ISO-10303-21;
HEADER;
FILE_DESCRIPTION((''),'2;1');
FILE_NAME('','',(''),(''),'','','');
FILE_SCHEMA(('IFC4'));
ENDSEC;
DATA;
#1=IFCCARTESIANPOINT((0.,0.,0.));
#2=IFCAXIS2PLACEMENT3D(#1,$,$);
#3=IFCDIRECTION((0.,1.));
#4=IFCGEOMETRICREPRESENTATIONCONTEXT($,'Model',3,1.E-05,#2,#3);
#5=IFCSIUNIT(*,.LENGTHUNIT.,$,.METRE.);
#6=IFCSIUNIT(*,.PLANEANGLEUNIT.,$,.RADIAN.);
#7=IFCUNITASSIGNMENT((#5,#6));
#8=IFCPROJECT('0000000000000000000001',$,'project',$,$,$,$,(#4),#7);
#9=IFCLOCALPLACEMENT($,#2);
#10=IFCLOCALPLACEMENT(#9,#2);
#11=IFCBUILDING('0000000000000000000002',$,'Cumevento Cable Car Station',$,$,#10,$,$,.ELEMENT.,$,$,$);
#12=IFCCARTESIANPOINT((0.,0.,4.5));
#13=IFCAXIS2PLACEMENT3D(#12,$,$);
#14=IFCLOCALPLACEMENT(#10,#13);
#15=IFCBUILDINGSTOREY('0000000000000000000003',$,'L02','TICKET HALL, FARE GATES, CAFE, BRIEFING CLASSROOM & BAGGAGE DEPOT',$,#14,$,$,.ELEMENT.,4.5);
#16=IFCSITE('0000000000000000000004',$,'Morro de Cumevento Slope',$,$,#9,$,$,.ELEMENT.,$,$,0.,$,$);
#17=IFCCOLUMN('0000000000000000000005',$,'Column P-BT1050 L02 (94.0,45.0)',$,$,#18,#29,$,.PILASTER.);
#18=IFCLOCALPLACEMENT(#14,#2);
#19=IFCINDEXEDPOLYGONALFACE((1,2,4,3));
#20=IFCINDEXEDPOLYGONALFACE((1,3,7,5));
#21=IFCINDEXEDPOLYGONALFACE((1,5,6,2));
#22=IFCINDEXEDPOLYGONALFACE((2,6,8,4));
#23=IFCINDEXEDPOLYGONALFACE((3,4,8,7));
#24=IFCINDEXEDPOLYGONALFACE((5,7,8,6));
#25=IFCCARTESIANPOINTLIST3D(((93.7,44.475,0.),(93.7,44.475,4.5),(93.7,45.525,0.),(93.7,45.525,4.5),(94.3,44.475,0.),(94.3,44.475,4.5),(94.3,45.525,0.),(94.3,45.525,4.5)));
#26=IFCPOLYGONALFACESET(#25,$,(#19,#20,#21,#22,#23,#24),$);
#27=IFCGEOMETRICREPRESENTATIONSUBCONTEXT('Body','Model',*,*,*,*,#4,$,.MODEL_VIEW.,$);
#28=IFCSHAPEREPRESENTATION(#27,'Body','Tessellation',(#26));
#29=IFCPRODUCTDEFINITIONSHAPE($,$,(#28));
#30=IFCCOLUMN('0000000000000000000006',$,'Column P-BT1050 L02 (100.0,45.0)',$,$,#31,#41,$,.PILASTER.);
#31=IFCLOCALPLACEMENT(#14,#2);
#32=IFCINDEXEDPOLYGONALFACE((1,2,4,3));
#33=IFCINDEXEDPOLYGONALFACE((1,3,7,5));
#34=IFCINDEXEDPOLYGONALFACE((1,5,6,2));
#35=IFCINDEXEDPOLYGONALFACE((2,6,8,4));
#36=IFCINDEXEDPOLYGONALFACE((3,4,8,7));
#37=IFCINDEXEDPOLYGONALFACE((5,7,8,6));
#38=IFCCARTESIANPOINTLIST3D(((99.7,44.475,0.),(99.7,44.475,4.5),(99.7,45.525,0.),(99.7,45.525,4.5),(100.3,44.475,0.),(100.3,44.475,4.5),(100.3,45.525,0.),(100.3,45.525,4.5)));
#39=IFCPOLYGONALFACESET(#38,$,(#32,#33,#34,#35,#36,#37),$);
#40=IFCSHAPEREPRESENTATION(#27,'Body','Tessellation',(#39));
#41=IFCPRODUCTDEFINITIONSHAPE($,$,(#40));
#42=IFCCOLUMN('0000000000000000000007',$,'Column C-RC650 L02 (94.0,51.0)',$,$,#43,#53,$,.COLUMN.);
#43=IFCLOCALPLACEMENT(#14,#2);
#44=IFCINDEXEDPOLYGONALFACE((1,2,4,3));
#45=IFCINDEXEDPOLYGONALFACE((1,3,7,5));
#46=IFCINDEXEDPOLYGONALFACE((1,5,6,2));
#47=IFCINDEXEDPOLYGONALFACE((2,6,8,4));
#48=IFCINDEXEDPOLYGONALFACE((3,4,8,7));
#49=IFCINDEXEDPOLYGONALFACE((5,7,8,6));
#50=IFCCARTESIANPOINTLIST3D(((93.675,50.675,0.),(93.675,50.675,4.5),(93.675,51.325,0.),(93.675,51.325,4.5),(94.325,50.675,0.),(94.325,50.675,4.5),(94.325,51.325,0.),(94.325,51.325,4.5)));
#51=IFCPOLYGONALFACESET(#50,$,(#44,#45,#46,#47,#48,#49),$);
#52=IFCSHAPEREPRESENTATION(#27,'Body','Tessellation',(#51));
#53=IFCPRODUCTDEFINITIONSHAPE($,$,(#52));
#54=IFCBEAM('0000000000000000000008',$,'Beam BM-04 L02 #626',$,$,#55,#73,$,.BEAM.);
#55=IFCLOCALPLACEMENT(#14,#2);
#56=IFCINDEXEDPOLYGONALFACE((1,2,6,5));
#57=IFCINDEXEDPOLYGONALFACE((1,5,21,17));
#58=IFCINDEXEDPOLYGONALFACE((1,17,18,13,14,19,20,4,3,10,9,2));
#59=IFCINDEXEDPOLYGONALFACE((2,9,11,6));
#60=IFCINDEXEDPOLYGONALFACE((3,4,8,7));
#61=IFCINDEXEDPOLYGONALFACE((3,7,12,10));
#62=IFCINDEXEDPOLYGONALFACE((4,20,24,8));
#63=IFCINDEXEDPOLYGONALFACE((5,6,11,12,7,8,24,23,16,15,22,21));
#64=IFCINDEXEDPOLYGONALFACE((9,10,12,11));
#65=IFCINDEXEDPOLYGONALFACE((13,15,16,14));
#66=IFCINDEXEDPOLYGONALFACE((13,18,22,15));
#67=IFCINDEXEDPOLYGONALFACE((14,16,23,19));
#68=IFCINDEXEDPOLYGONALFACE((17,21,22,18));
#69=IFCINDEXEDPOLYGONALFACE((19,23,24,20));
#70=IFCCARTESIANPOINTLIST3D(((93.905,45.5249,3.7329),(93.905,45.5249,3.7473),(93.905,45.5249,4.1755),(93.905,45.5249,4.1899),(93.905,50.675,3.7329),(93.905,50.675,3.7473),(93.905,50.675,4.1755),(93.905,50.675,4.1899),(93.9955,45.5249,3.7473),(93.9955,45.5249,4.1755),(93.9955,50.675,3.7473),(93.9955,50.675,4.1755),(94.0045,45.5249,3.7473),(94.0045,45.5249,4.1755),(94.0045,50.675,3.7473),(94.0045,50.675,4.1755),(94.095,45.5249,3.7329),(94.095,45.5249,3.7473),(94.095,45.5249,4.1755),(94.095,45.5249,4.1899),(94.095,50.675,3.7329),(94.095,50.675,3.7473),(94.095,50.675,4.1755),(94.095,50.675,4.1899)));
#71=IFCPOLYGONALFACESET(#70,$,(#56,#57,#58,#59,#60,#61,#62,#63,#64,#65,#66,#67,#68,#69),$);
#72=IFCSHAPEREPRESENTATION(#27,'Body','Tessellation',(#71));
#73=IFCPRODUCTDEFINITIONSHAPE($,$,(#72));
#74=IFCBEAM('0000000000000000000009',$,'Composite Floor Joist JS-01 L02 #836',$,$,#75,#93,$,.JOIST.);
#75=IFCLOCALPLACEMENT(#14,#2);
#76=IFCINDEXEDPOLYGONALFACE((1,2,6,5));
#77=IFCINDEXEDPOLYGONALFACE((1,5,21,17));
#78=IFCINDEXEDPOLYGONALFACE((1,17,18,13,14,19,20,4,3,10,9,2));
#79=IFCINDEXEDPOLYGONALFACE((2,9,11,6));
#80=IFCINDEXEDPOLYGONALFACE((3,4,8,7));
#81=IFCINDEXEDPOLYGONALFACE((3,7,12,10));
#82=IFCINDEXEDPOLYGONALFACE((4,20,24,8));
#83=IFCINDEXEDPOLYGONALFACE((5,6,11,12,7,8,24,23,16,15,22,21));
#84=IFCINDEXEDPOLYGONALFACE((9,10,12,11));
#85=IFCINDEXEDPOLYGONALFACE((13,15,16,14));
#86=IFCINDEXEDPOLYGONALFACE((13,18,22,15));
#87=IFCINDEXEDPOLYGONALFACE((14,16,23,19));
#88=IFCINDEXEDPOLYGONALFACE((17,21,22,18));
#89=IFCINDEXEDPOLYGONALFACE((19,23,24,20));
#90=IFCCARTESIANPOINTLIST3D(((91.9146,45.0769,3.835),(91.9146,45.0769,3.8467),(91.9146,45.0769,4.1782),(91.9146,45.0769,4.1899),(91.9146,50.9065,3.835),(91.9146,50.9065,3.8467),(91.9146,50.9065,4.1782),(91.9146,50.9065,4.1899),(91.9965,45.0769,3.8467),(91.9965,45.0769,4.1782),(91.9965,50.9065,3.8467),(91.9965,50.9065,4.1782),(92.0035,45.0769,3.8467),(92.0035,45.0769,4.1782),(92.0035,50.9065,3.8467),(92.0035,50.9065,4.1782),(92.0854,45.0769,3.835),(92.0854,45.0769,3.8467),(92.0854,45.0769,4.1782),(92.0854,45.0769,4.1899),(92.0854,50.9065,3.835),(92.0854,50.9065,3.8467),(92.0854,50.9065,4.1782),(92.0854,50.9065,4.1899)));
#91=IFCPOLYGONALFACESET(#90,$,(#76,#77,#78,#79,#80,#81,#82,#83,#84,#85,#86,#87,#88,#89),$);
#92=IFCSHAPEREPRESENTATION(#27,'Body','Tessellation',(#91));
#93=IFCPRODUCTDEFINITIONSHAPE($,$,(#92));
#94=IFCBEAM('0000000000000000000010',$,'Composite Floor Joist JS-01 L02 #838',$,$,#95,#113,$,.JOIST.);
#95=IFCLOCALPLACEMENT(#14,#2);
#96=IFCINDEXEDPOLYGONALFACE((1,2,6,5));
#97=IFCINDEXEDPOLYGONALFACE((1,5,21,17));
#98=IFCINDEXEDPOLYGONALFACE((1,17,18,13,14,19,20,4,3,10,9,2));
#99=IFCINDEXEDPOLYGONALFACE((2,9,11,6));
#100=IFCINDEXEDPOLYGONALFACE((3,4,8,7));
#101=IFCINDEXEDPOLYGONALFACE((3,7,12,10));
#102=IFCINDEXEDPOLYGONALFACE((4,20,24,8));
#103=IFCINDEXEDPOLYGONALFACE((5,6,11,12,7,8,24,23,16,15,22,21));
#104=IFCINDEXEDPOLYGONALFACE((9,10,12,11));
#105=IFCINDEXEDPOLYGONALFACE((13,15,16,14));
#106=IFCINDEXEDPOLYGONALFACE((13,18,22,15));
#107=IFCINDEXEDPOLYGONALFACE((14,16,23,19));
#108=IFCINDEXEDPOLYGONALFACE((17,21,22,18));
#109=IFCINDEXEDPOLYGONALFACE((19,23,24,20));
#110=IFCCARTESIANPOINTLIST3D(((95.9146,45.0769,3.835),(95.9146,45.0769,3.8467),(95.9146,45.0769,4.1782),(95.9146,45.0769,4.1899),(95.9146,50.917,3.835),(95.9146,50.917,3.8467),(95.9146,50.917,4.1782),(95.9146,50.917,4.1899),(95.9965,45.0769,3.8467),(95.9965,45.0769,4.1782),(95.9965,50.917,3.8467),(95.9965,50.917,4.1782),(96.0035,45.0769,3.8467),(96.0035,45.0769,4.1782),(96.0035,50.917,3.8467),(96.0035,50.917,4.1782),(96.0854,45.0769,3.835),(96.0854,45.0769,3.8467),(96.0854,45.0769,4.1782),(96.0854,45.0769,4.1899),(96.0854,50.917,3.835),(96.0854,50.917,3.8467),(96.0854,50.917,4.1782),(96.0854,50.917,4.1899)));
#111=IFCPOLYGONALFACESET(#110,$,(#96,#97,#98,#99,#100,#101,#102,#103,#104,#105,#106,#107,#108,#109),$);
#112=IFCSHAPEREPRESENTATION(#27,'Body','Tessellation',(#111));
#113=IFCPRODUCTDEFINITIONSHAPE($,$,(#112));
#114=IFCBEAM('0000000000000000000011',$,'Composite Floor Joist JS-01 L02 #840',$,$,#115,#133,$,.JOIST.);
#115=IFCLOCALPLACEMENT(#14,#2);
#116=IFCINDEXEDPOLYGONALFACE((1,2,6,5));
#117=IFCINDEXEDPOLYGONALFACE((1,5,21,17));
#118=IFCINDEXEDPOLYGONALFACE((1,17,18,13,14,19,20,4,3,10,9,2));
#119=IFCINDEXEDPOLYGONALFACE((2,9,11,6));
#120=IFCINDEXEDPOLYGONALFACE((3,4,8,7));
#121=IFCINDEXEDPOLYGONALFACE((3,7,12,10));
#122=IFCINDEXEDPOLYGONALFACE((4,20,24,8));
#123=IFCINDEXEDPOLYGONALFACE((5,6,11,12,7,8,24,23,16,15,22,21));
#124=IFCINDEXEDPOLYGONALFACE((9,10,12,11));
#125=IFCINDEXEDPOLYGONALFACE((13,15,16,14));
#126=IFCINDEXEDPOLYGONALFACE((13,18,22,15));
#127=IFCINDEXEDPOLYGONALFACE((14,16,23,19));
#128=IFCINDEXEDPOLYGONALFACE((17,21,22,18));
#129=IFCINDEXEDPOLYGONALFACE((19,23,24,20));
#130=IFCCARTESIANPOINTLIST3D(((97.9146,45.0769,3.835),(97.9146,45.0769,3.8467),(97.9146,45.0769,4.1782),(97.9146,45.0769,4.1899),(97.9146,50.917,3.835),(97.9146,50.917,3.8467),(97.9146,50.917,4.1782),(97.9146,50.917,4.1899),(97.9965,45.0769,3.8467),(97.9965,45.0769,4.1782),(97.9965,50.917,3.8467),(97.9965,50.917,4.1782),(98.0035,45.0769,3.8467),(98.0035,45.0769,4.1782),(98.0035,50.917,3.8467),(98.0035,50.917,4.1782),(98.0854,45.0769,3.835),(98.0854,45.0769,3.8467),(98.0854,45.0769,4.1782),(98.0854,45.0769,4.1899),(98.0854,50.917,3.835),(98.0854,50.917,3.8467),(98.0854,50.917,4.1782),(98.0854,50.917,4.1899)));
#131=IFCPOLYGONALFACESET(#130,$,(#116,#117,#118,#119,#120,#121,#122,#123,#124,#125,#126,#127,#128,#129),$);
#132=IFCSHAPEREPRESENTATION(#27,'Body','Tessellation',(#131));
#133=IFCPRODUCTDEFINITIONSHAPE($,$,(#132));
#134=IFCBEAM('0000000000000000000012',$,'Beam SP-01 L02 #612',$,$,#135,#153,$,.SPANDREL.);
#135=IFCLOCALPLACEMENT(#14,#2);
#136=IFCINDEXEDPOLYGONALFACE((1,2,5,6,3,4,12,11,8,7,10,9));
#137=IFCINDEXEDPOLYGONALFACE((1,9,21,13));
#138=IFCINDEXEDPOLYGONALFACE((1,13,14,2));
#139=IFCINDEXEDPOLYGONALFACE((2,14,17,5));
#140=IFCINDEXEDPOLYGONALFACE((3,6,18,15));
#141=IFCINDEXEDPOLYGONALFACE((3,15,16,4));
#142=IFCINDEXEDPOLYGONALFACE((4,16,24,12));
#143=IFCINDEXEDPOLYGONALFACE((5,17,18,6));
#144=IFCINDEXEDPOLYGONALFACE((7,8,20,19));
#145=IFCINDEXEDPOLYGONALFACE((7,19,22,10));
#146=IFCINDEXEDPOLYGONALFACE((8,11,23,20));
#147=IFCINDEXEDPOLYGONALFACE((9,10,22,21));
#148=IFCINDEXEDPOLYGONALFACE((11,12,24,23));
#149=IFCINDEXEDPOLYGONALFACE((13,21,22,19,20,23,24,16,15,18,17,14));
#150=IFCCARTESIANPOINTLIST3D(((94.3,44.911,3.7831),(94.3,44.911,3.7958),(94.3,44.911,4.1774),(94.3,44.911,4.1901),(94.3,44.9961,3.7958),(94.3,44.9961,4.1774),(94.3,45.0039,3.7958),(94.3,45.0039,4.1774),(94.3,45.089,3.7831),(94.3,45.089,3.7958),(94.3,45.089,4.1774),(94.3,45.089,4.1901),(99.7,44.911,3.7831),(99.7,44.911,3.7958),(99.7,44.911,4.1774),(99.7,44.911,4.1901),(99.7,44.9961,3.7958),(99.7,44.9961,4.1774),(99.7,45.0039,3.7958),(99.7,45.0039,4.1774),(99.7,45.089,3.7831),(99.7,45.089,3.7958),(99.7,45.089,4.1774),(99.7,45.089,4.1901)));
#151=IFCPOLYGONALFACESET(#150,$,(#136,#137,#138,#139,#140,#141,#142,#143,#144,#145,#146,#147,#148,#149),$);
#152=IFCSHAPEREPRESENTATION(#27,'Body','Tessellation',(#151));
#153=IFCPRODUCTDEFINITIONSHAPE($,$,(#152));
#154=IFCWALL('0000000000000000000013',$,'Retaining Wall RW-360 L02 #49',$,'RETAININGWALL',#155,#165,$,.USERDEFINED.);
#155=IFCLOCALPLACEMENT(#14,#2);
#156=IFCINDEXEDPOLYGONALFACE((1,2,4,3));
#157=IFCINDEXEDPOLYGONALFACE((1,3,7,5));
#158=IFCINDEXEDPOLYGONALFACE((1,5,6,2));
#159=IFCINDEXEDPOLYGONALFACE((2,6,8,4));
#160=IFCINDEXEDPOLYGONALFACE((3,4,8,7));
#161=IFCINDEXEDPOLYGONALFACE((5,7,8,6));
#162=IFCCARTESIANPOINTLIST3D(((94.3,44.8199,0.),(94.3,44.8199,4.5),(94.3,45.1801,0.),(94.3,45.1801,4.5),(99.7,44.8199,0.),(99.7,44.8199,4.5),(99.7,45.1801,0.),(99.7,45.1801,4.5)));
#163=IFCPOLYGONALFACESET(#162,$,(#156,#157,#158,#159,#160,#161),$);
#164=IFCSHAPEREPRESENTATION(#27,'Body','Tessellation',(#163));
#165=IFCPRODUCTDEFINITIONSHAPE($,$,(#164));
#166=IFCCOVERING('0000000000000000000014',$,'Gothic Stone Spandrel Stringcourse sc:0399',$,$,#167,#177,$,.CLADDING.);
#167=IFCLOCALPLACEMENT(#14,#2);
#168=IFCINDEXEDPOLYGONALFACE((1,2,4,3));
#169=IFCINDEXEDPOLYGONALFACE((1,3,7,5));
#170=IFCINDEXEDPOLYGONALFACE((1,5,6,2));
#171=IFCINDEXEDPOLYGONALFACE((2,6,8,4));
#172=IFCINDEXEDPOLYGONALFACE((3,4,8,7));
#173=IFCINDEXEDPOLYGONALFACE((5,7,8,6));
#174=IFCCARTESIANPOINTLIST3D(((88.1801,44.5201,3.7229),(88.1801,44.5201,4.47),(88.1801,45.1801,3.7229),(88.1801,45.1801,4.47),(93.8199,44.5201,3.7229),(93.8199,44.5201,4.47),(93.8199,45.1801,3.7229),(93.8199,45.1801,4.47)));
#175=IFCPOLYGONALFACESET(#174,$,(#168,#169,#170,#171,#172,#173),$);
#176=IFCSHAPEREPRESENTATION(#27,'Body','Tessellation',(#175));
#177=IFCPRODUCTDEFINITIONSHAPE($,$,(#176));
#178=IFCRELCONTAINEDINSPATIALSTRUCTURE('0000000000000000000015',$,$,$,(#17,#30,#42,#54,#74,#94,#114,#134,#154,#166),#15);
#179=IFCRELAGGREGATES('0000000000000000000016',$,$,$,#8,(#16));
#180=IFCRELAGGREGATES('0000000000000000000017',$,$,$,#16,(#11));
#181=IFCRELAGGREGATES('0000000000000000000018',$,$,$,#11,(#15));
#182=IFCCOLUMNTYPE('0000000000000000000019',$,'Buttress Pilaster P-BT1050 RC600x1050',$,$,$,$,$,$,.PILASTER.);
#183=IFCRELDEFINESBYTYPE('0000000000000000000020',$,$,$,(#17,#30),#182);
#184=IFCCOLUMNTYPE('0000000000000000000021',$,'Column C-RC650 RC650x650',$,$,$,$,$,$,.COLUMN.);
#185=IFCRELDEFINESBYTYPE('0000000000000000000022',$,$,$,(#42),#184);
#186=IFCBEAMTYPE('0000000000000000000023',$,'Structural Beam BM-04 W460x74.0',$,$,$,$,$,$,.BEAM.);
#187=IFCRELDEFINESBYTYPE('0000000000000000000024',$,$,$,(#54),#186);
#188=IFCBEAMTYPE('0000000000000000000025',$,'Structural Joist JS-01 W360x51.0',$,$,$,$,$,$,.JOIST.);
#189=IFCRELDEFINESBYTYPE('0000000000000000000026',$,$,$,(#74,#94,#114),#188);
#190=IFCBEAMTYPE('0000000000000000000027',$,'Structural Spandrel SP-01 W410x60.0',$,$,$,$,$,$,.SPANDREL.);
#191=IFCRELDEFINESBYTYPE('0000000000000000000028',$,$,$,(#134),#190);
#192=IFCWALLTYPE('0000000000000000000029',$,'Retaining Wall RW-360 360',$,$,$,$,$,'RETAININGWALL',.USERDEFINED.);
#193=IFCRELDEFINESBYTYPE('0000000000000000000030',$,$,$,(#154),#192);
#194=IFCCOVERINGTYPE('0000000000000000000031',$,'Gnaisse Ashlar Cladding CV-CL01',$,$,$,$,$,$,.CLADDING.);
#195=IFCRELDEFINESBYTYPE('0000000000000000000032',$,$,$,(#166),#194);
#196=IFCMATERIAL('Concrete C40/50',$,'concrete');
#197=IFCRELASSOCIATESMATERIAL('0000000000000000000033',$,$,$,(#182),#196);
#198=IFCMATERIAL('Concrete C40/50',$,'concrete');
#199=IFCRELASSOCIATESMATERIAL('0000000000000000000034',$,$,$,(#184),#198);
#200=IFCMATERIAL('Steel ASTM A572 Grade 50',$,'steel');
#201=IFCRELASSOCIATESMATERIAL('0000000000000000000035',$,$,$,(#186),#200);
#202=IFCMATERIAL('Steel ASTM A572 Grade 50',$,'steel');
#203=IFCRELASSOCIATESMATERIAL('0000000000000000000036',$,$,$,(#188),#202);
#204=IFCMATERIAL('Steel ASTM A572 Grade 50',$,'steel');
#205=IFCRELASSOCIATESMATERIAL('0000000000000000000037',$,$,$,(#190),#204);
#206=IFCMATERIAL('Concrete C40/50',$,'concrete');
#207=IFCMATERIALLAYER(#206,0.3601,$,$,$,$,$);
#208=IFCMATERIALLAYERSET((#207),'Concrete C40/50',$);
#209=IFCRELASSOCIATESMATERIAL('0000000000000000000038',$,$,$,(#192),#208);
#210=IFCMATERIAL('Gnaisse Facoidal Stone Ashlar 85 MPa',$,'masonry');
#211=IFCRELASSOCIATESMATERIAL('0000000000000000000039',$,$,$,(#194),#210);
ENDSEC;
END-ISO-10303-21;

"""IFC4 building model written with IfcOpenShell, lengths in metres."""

from ifc_helpers import new_model, si_unit, direction, frame, frame_2d, origin, origin_2d, place, context, subcontext, project, spatial, rectangle, i_section, extrude, material, layer, layer_set, material_profile, profile_set, type_object, element, save


model = new_model("IFC4")

# Units and contexts
model_context = context("Model", 3, precision=1e-05, world=origin(), true_north=direction((0.0, 1.0)))
body_context = subcontext(model_context, "Body", "Model", "MODEL_VIEW")
ifc_project = project(units=[si_unit("LENGTHUNIT", "METRE"), si_unit("PLANEANGLEUNIT", "RADIAN")], contexts=[model_context])

# Site, building, storey
site_placement = place(None, origin())
site = spatial("IfcSite", under=ifc_project, at=site_placement, Name="Morro de Cumevento Slope", CompositionType="ELEMENT", RefElevation=0.0)
building_placement = place(site_placement, origin())
building = spatial("IfcBuilding", under=site, at=building_placement, Name="Cumevento Cable Car Station", CompositionType="ELEMENT")
storey_placement = place(building_placement, frame((0.0, 0.0, 4.5)))
storey = spatial("IfcBuildingStorey", under=building, at=storey_placement, Name="L02", Description="TICKET HALL, FARE GATES, CAFE, BRIEFING CLASSROOM & BAGGAGE DEPOT", CompositionType="ELEMENT", Elevation=4.5)

# Columns
ifc_material_1 = material(Name="Concrete C40/50", Category="concrete")
ifc_material_profile_1 = material_profile(ifc_material_1, rectangle(XDim=0.6001, YDim=1.05, at=origin_2d()), Name="RC600x1050")
ifc_profile_set_1 = profile_set([ifc_material_profile_1], Name="Concrete C40/50")
column_type_1 = type_object("IfcColumnType", Name="Buttress Pilaster P-BT1050 RC600x1050", PredefinedType="PILASTER", material=ifc_profile_set_1)
for number, where, z_axis, x_axis, name in (
    (1, (94.0, 45.0, 0.0), (0.0, 0.0, 1.0), (1.0, 0.0, 0.0), "Column P-BT1050 L02 (94.0,45.0)"),
    (2, (100.0, 45.0, 0.0), (0.0, 0.0, 1.0), (1.0, 0.0, 0.0), "Column P-BT1050 L02 (100.0,45.0)"),
):
    element("IfcColumn", number, at=place(storey_placement, frame(where, z_axis=z_axis, x_axis=x_axis)), inside=storey, type_object=column_type_1, Name=name, PredefinedType="PILASTER", context=body_context, shape_type="SweptSolid", body=[
        extrude(rectangle(XDim=0.6001, YDim=1.05, at=origin_2d()), origin(), (0.0, 0.0, 1.0), 4.5),
    ])
ifc_material_2 = material(Name="Concrete C40/50", Category="concrete")
ifc_material_profile_2 = material_profile(ifc_material_2, rectangle(XDim=0.6499, YDim=0.6499, at=origin_2d()), Name="RC650x650")
ifc_profile_set_2 = profile_set([ifc_material_profile_2], Name="Concrete C40/50")
column_type_2 = type_object("IfcColumnType", Name="Column C-RC650 RC650x650", PredefinedType="COLUMN", material=ifc_profile_set_2)
column_placement = place(storey_placement, frame((94.0, 51.0, 0.0), z_axis=(0.0, 0.0, 1.0), x_axis=(1.0, 0.0, 0.0)))
element("IfcColumn", 3, at=column_placement, inside=storey, type_object=column_type_2, Name="Column C-RC650 L02 (94.0,51.0)", PredefinedType="COLUMN", context=body_context, shape_type="SweptSolid", body=[
    extrude(rectangle(XDim=0.6499, YDim=0.6499, at=origin_2d()), origin(), (0.0, 0.0, 1.0), 4.5),
])

# Beams
ifc_material_3 = material(Name="Steel ASTM A572 Grade 50", Category="steel")
ifc_material_profile_3 = material_profile(ifc_material_3, i_section(OverallWidth=0.1899, OverallDepth=0.457, WebThickness=0.009, FlangeThickness=0.0144, at=origin_2d()), Name="W460x74.0")
ifc_profile_set_3 = profile_set([ifc_material_profile_3], Name="Steel ASTM A572 Grade 50")
beam_type_1 = type_object("IfcBeamType", Name="Structural Beam BM-04 W460x74.0", PredefinedType="BEAM", material=ifc_profile_set_3)
beam_1_placement = place(storey_placement, frame((94.0, 45.5249, 3.9614), z_axis=(0.0, 1.0, 0.0), x_axis=(-1.0, 0.0, 0.0)))
element("IfcBeam", 4, at=beam_1_placement, inside=storey, type_object=beam_type_1, Name="Beam BM-04 L02 #626", PredefinedType="BEAM", context=body_context, shape_type="SweptSolid", body=[
    extrude(i_section(OverallWidth=0.1899, OverallDepth=0.457, WebThickness=0.009, FlangeThickness=0.0144, at=origin_2d()), origin(), (0.0, 0.0, 1.0), 5.1501),
])
ifc_material_4 = material(Name="Steel ASTM A572 Grade 50", Category="steel")
ifc_material_profile_4 = material_profile(ifc_material_4, i_section(OverallWidth=0.1709, OverallDepth=0.355, WebThickness=0.0071, FlangeThickness=0.0117, at=origin_2d()), Name="W360x51.0")
ifc_profile_set_4 = profile_set([ifc_material_profile_4], Name="Steel ASTM A572 Grade 50")
beam_type_2 = type_object("IfcBeamType", Name="Structural Joist JS-01 W360x51.0", PredefinedType="JOIST", material=ifc_profile_set_4)
beam_2_placement = place(storey_placement, frame((92.0, 45.0769, 4.0125), z_axis=(0.0, 1.0, 0.0), x_axis=(-1.0, 0.0, 0.0)))
element("IfcBeam", 5, at=beam_2_placement, inside=storey, type_object=beam_type_2, Name="Composite Floor Joist JS-01 L02 #836", PredefinedType="JOIST", context=body_context, shape_type="SweptSolid", body=[
    extrude(i_section(OverallWidth=0.1709, OverallDepth=0.355, WebThickness=0.0071, FlangeThickness=0.0117, at=origin_2d()), origin(), (0.0, 0.0, 1.0), 5.8296),
])
for number, where, z_axis, x_axis, name in (
    (6, (96.0, 45.0769, 4.0125), (0.0, 1.0, 0.0), (-1.0, 0.0, 0.0), "Composite Floor Joist JS-01 L02 #838"),
    (7, (98.0, 45.0769, 4.0125), (0.0, 1.0, 0.0), (-1.0, 0.0, 0.0), "Composite Floor Joist JS-01 L02 #840"),
):
    element("IfcBeam", number, at=place(storey_placement, frame(where, z_axis=z_axis, x_axis=x_axis)), inside=storey, type_object=beam_type_2, Name=name, PredefinedType="JOIST", context=body_context, shape_type="SweptSolid", body=[
        extrude(i_section(OverallWidth=0.1709, OverallDepth=0.355, WebThickness=0.0071, FlangeThickness=0.0117, at=origin_2d()), origin(), (0.0, 0.0, 1.0), 5.8401),
    ])
ifc_material_5 = material(Name="Steel ASTM A572 Grade 50", Category="steel")
ifc_material_profile_5 = material_profile(ifc_material_5, i_section(OverallWidth=0.178, OverallDepth=0.407, WebThickness=0.0078, FlangeThickness=0.0127, at=origin_2d()), Name="W410x60.0")
ifc_profile_set_5 = profile_set([ifc_material_profile_5], Name="Steel ASTM A572 Grade 50")
beam_type_3 = type_object("IfcBeamType", Name="Structural Spandrel SP-01 W410x60.0", PredefinedType="SPANDREL", material=ifc_profile_set_5)
beam_3_placement = place(storey_placement, frame((94.3, 45.0, 3.9866), z_axis=(1.0, 0.0, 0.0), x_axis=(0.0, 1.0, 0.0)))
element("IfcBeam", 8, at=beam_3_placement, inside=storey, type_object=beam_type_3, Name="Beam SP-01 L02 #612", PredefinedType="SPANDREL", context=body_context, shape_type="SweptSolid", body=[
    extrude(i_section(OverallWidth=0.178, OverallDepth=0.407, WebThickness=0.0078, FlangeThickness=0.0127, at=origin_2d()), origin(), (0.0, 0.0, 1.0), 5.3999),
])

# Wall
ifc_material_6 = material(Name="Concrete C40/50", Category="concrete")
ifc_layer = layer(ifc_material_6, 0.3601)
ifc_layer_set = layer_set([ifc_layer], Name="Concrete C40/50")
wall_type = type_object("IfcWallType", Name="Retaining Wall RW-360 360", ElementType="RETAININGWALL", PredefinedType="USERDEFINED", material=ifc_layer_set)
wall_placement = place(storey_placement, frame((94.3, 45.0, 0.0), z_axis=(0.0, 0.0, 1.0), x_axis=(1.0, 0.0, 0.0)))
element("IfcWall", 9, at=wall_placement, inside=storey, type_object=wall_type, Name="Retaining Wall RW-360 L02 #49", ObjectType="RETAININGWALL", PredefinedType="USERDEFINED", context=body_context, shape_type="SweptSolid", body=[
    extrude(rectangle(XDim=5.3999, YDim=0.3601, at=frame_2d((2.7, 0.0))), origin(), (0.0, 0.0, 1.0), 4.5),
])

# Covering
ifc_material_7 = material(Name="Gnaisse Facoidal Stone Ashlar 85 MPa", Category="masonry")
covering_type = type_object("IfcCoveringType", Name="Gnaisse Ashlar Cladding CV-CL01", PredefinedType="CLADDING", material=ifc_material_7)
covering_1_placement = place(storey_placement, frame((91.0, 44.8501, 3.7229), z_axis=(0.0, 0.0, 1.0), x_axis=(1.0, 0.0, 0.0)))
element("IfcCovering", 10, at=covering_1_placement, inside=storey, type_object=covering_type, Name="Gothic Stone Spandrel Stringcourse sc:0399", PredefinedType="CLADDING", context=body_context, shape_type="SweptSolid", body=[
    extrude(rectangle(XDim=5.6399, YDim=0.6599, at=origin_2d()), origin(), (0.0, 0.0, 1.0), 0.7471),
])

save(model, "model.ifc")
